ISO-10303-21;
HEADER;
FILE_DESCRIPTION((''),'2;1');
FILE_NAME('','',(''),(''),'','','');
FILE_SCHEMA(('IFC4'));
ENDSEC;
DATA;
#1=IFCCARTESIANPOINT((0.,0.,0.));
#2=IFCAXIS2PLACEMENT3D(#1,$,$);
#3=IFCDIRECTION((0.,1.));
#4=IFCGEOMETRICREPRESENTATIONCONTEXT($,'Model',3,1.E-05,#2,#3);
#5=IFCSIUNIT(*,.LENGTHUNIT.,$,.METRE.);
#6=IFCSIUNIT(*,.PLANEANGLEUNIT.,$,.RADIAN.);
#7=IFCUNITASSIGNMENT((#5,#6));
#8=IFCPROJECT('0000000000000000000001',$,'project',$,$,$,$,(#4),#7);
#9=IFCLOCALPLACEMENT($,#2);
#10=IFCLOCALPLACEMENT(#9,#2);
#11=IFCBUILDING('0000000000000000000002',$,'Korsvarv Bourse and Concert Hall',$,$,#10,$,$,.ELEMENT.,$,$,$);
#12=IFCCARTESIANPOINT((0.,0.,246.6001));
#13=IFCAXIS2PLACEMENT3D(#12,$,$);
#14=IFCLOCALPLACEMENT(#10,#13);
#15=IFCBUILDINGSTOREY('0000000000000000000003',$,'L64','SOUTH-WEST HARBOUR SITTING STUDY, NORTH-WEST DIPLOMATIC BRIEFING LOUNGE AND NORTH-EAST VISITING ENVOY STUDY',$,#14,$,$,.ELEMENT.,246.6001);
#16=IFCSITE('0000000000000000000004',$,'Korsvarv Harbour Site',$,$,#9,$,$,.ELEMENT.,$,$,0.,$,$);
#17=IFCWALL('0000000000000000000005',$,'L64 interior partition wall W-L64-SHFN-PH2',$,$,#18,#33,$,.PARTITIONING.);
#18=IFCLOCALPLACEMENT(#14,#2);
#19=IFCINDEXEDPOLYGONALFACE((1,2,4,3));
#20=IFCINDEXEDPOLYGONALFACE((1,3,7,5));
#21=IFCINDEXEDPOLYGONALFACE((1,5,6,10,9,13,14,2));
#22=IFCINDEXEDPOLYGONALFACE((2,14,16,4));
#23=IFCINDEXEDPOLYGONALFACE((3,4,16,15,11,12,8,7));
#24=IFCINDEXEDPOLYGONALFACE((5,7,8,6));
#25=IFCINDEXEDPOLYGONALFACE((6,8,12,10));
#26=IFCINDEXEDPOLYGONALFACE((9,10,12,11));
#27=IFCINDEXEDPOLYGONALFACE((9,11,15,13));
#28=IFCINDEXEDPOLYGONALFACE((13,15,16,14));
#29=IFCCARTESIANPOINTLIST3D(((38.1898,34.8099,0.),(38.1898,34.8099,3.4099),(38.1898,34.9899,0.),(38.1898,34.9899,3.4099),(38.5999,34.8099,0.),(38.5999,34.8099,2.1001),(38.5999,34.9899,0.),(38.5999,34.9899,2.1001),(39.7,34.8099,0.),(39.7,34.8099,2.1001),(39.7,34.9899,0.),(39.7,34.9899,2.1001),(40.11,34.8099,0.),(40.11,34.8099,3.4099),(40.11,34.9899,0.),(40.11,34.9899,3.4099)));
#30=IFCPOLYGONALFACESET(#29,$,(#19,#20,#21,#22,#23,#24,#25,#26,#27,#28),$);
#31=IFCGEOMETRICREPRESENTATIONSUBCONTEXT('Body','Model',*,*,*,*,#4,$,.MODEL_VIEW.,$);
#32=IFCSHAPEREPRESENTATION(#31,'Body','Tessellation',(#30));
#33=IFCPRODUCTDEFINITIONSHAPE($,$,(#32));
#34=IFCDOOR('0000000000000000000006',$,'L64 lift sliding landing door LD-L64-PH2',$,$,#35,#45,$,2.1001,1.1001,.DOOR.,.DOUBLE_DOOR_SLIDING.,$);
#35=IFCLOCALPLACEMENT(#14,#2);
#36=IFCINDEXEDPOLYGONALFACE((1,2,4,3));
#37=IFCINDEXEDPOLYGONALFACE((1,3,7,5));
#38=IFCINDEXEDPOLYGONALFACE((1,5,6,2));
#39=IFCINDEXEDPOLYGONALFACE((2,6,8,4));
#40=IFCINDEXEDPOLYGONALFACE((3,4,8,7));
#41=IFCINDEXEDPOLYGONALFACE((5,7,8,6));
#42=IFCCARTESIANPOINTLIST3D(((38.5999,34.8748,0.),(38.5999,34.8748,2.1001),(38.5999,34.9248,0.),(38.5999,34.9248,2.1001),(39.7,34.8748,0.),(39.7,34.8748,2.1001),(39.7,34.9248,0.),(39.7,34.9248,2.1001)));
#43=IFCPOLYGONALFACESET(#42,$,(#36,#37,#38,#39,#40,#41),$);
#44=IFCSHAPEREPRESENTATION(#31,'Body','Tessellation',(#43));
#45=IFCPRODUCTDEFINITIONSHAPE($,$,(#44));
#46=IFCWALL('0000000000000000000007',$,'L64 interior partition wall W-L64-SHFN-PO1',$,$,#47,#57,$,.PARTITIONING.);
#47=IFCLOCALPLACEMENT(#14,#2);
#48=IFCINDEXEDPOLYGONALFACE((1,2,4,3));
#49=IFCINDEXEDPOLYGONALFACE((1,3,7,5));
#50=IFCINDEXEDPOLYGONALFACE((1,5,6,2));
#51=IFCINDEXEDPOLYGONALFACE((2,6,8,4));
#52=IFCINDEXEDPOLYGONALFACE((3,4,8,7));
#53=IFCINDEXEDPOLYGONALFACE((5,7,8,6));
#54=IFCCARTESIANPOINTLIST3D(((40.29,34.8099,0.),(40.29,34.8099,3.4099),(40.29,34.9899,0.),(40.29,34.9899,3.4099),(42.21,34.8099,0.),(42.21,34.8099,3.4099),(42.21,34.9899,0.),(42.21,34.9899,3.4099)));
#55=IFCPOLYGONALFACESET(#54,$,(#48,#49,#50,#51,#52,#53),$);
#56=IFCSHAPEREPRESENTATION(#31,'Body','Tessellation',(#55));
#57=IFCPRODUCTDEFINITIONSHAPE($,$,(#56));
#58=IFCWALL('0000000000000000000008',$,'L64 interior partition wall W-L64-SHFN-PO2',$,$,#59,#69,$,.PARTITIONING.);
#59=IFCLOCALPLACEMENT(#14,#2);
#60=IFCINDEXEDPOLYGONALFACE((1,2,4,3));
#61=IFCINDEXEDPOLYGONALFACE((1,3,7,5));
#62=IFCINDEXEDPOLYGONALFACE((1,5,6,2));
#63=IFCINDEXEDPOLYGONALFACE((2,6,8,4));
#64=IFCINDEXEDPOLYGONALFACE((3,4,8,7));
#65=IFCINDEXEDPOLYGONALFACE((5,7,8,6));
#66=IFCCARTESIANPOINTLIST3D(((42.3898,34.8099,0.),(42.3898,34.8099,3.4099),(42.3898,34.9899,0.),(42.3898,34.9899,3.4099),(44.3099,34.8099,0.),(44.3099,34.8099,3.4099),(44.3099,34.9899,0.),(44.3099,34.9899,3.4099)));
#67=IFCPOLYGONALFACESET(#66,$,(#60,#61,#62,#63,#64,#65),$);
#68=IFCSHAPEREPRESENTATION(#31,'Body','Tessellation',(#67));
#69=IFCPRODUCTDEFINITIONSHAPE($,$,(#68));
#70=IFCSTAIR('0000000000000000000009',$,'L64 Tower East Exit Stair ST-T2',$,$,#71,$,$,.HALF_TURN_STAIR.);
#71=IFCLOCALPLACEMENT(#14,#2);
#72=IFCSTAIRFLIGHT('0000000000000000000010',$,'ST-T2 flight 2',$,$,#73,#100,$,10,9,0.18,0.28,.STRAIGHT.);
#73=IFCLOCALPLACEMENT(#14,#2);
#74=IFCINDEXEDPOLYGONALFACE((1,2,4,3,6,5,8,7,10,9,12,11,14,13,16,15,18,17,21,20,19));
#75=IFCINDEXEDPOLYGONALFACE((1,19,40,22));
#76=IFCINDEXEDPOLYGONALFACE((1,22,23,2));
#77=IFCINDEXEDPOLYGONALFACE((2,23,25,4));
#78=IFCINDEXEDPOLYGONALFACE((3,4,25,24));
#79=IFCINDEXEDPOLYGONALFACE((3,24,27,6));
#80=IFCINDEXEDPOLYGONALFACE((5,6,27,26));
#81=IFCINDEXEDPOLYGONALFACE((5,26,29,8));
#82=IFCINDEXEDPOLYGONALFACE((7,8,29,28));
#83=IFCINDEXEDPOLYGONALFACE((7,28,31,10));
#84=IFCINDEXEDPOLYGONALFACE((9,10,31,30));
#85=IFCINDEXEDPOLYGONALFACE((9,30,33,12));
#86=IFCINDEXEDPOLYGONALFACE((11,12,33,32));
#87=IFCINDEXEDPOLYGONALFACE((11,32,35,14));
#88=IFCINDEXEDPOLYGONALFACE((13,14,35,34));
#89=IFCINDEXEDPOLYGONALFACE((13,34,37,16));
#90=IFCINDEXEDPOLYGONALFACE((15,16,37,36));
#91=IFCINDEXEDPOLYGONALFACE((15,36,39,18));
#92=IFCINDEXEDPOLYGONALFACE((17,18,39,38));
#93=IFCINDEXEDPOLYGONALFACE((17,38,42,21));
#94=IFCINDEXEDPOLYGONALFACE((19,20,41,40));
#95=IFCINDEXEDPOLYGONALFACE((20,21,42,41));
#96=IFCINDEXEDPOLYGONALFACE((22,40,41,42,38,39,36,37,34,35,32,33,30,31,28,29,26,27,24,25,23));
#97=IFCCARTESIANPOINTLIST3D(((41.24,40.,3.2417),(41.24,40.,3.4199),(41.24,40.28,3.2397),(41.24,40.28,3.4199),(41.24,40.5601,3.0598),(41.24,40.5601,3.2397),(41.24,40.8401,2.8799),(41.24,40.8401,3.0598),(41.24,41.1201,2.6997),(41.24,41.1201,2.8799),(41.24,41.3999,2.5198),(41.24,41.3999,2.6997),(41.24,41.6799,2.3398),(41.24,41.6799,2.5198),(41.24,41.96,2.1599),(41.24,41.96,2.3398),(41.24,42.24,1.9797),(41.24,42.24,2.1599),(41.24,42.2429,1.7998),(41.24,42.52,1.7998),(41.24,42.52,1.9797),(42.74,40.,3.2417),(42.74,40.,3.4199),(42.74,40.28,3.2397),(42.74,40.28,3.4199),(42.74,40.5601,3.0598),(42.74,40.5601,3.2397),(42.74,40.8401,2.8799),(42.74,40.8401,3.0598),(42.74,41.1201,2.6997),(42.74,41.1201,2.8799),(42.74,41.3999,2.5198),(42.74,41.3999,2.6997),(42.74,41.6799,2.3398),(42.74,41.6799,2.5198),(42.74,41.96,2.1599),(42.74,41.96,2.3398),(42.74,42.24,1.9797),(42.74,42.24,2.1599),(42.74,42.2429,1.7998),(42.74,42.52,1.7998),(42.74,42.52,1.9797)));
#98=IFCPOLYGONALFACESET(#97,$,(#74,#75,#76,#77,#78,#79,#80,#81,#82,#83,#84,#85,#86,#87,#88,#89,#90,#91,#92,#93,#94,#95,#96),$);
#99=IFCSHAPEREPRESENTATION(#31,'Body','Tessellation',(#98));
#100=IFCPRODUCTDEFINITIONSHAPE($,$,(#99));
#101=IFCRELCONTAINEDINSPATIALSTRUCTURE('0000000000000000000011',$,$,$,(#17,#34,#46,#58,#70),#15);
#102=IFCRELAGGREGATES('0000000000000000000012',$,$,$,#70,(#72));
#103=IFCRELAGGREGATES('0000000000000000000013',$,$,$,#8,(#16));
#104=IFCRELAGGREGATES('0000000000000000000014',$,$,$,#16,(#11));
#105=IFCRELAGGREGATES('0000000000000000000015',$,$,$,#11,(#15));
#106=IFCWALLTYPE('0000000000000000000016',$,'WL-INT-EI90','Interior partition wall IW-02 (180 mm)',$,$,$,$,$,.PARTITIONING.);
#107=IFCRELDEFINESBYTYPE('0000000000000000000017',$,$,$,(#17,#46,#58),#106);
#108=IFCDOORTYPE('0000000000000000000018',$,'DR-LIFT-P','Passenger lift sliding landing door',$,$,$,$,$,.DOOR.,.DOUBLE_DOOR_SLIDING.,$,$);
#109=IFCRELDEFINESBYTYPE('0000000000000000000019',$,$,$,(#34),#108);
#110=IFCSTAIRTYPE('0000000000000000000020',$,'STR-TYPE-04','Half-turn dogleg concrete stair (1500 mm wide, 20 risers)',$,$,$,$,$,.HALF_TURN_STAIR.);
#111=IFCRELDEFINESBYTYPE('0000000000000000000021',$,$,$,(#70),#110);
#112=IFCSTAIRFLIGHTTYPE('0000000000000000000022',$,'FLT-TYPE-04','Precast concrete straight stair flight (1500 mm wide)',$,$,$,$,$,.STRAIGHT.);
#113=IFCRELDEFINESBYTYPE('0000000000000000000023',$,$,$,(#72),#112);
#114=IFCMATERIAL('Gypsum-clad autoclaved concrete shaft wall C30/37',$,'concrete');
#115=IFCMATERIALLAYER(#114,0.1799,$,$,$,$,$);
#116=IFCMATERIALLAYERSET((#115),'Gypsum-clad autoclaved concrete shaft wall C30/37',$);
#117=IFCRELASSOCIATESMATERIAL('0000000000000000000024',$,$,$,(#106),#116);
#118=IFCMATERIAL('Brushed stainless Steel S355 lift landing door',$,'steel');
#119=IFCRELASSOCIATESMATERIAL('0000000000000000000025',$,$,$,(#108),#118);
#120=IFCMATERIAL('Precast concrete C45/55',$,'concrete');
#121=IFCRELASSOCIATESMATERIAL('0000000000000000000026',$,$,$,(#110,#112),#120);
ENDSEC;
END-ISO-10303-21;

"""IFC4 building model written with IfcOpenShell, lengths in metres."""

from ifc_helpers import new_model, si_unit, direction, frame, frame_2d, origin, place, context, subcontext, project, spatial, polyline, rectangle, outline, extrude, material, layer, layer_set, type_object, element, fill, aggregate, save


model = new_model("IFC4")

# Units and contexts
model_context = context("Model", 3, precision=1e-05, world=origin(), true_north=direction((0.0, 1.0)))
body_context = subcontext(model_context, "Body", "Model", "MODEL_VIEW")
ifc_project = project(units=[si_unit("LENGTHUNIT", "METRE"), si_unit("PLANEANGLEUNIT", "RADIAN")], contexts=[model_context])

# Site, building, storey
site_placement = place(None, origin())
site = spatial("IfcSite", under=ifc_project, at=site_placement, Name="Korsvarv Harbour Site", CompositionType="ELEMENT", RefElevation=0.0)
building_placement = place(site_placement, origin())
building = spatial("IfcBuilding", under=site, at=building_placement, Name="Korsvarv Bourse and Concert Hall", CompositionType="ELEMENT")
storey_placement = place(building_placement, frame((0.0, 0.0, 246.6001)))
storey = spatial("IfcBuildingStorey", under=building, at=storey_placement, Name="L64", Description="SOUTH-WEST HARBOUR SITTING STUDY, NORTH-WEST DIPLOMATIC BRIEFING LOUNGE AND NORTH-EAST VISITING ENVOY STUDY", CompositionType="ELEMENT", Elevation=246.6001)

# Wall, opening, door
ifc_material_1 = material(Name="Gypsum-clad autoclaved concrete shaft wall C30/37", Category="concrete")
ifc_layer_1 = layer(ifc_material_1, 0.1799)
ifc_layer_set_1 = layer_set([ifc_layer_1], Name="Gypsum-clad autoclaved concrete shaft wall C30/37")
wall_type_1 = type_object("IfcWallType", Name="WL-INT-EI90", Description="Interior partition wall IW-02 (180 mm)", PredefinedType="PARTITIONING", material=ifc_layer_set_1)
ifc_material_2 = material(Name="Brushed stainless Steel S355 lift landing door", Category="steel")
door_type_1 = type_object("IfcDoorType", Name="DR-LIFT-P", Description="Passenger lift sliding landing door", OperationType="DOUBLE_DOOR_SLIDING", PredefinedType="DOOR", material=ifc_material_2)
wall_1_placement = place(storey_placement, frame((38.1899, 34.8999, 0.0), z_axis=(0.0, 0.0, 1.0), x_axis=(1.0, 0.0, 0.0)))
wall_1 = element("IfcWall", 1, at=wall_1_placement, inside=storey, type_object=wall_type_1, Name="L64 interior partition wall W-L64-SHFN-PH2", PredefinedType="PARTITIONING", context=body_context, shape_type="SweptSolid", body=[
    extrude(rectangle(XDim=1.9202, YDim=0.1799, at=frame_2d((0.96, 0.0))), origin(), (0.0, 0.0, 1.0), 3.4099),
])
opening_1_placement = place(wall_1_placement, frame((0.4099, 0.0, 0.0)))
opening_1 = element("IfcOpeningElement", 2, at=opening_1_placement, cuts=wall_1, PredefinedType="OPENING", context=body_context, shape_type="SweptSolid", body=[
    extrude(rectangle(XDim=1.1001, YDim=2.1001, at=frame_2d((0.55, 1.05))), frame((0.0, 0.1001, 0.0), z_axis=(0.0, -1.0, 0.0), x_axis=(1.0, 0.0, 0.0)), (0.0, 0.0, 1.0), 0.2),
])
door_1_placement = place(opening_1_placement, origin())
door_1 = element("IfcDoor", 3, at=door_1_placement, inside=storey, type_object=door_type_1, Name="L64 lift sliding landing door LD-L64-PH2", OperationType="DOUBLE_DOOR_SLIDING", OverallHeight=2.1001, OverallWidth=1.1001, PredefinedType="DOOR", context=body_context, shape_type="SweptSolid", body=[
    extrude(rectangle(XDim=1.1001, YDim=2.1001, at=frame_2d((0.55, 1.05))), frame((0.0, 0.0249, 0.0), z_axis=(0.0, -1.0, 0.0), x_axis=(1.0, 0.0, 0.0)), (0.0, 0.0, 1.0), 0.05),
])
fill(opening_1, door_1)

# Walls
wall_2_placement = place(storey_placement, frame((40.29, 34.8999, 0.0), z_axis=(0.0, 0.0, 1.0), x_axis=(1.0, 0.0, 0.0)))
element("IfcWall", 4, at=wall_2_placement, inside=storey, type_object=wall_type_1, Name="L64 interior partition wall W-L64-SHFN-PO1", PredefinedType="PARTITIONING", context=body_context, shape_type="SweptSolid", body=[
    extrude(rectangle(XDim=1.9199, YDim=0.1799, at=frame_2d((0.96, 0.0))), origin(), (0.0, 0.0, 1.0), 3.4099),
])
wall_3_placement = place(storey_placement, frame((42.3899, 34.8999, 0.0), z_axis=(0.0, 0.0, 1.0), x_axis=(1.0, 0.0, 0.0)))
element("IfcWall", 5, at=wall_3_placement, inside=storey, type_object=wall_type_1, Name="L64 interior partition wall W-L64-SHFN-PO2", PredefinedType="PARTITIONING", context=body_context, shape_type="SweptSolid", body=[
    extrude(rectangle(XDim=1.9202, YDim=0.1799, at=frame_2d((0.96, 0.0))), origin(), (0.0, 0.0, 1.0), 3.4099),
])

# Stair, stair flight
ifc_material_3 = material(Name="Precast concrete C45/55", Category="concrete")
stair_type = type_object("IfcStairType", Name="STR-TYPE-04", Description="Half-turn dogleg concrete stair (1500 mm wide, 20 risers)", PredefinedType="HALF_TURN_STAIR", material=ifc_material_3)
stair_placement = place(storey_placement, origin())
stair = element("IfcStair", 6, at=stair_placement, inside=storey, type_object=stair_type, Name="L64 Tower East Exit Stair ST-T2", PredefinedType="HALF_TURN_STAIR")
stair_flight_type = type_object("IfcStairFlightType", Name="FLT-TYPE-04", Description="Precast concrete straight stair flight (1500 mm wide)", PredefinedType="STRAIGHT", material=ifc_material_3)
stair_flight_placement = place(storey_placement, frame((41.99, 42.52, 1.7998), z_axis=(0.0, 0.0, 1.0), x_axis=(0.0, -1.0, 0.0)))
stair_flight = element("IfcStairFlight", 7, at=stair_flight_placement, type_object=stair_flight_type, Name="ST-T2 flight 2", NumberOfRisers=10, NumberOfTreads=9, PredefinedType="STRAIGHT", RiserHeight=0.18, TreadLength=0.28, context=body_context, shape_type="SweptSolid", body=[
    extrude(outline(polyline([(0.0, 0.0), (0.0, 0.1799), (0.28, 0.1799), (0.28, 0.3601), (0.5601, 0.3601), (0.5601, 0.54), (0.8401, 0.54), (0.8401, 0.72), (1.1201, 0.72), (1.1201, 0.8999), (1.3999, 0.8999), (1.3999, 1.0801), (1.6799, 1.0801), (1.6799, 1.26), (1.96, 1.26), (1.96, 1.4399), (2.24, 1.4399), (2.24, 1.6201), (2.52, 1.6201), (2.52, 1.8), (2.52, 1.4419), (0.2771, 0.0), (0.0, 0.0)])), frame((0.0, 0.75, 0.0), z_axis=(0.0, -1.0, 0.0), x_axis=(1.0, 0.0, 0.0)), (0.0, 0.0, 1.0), 1.5),
])
aggregate(stair, [stair_flight])

save(model, "model.ifc")
